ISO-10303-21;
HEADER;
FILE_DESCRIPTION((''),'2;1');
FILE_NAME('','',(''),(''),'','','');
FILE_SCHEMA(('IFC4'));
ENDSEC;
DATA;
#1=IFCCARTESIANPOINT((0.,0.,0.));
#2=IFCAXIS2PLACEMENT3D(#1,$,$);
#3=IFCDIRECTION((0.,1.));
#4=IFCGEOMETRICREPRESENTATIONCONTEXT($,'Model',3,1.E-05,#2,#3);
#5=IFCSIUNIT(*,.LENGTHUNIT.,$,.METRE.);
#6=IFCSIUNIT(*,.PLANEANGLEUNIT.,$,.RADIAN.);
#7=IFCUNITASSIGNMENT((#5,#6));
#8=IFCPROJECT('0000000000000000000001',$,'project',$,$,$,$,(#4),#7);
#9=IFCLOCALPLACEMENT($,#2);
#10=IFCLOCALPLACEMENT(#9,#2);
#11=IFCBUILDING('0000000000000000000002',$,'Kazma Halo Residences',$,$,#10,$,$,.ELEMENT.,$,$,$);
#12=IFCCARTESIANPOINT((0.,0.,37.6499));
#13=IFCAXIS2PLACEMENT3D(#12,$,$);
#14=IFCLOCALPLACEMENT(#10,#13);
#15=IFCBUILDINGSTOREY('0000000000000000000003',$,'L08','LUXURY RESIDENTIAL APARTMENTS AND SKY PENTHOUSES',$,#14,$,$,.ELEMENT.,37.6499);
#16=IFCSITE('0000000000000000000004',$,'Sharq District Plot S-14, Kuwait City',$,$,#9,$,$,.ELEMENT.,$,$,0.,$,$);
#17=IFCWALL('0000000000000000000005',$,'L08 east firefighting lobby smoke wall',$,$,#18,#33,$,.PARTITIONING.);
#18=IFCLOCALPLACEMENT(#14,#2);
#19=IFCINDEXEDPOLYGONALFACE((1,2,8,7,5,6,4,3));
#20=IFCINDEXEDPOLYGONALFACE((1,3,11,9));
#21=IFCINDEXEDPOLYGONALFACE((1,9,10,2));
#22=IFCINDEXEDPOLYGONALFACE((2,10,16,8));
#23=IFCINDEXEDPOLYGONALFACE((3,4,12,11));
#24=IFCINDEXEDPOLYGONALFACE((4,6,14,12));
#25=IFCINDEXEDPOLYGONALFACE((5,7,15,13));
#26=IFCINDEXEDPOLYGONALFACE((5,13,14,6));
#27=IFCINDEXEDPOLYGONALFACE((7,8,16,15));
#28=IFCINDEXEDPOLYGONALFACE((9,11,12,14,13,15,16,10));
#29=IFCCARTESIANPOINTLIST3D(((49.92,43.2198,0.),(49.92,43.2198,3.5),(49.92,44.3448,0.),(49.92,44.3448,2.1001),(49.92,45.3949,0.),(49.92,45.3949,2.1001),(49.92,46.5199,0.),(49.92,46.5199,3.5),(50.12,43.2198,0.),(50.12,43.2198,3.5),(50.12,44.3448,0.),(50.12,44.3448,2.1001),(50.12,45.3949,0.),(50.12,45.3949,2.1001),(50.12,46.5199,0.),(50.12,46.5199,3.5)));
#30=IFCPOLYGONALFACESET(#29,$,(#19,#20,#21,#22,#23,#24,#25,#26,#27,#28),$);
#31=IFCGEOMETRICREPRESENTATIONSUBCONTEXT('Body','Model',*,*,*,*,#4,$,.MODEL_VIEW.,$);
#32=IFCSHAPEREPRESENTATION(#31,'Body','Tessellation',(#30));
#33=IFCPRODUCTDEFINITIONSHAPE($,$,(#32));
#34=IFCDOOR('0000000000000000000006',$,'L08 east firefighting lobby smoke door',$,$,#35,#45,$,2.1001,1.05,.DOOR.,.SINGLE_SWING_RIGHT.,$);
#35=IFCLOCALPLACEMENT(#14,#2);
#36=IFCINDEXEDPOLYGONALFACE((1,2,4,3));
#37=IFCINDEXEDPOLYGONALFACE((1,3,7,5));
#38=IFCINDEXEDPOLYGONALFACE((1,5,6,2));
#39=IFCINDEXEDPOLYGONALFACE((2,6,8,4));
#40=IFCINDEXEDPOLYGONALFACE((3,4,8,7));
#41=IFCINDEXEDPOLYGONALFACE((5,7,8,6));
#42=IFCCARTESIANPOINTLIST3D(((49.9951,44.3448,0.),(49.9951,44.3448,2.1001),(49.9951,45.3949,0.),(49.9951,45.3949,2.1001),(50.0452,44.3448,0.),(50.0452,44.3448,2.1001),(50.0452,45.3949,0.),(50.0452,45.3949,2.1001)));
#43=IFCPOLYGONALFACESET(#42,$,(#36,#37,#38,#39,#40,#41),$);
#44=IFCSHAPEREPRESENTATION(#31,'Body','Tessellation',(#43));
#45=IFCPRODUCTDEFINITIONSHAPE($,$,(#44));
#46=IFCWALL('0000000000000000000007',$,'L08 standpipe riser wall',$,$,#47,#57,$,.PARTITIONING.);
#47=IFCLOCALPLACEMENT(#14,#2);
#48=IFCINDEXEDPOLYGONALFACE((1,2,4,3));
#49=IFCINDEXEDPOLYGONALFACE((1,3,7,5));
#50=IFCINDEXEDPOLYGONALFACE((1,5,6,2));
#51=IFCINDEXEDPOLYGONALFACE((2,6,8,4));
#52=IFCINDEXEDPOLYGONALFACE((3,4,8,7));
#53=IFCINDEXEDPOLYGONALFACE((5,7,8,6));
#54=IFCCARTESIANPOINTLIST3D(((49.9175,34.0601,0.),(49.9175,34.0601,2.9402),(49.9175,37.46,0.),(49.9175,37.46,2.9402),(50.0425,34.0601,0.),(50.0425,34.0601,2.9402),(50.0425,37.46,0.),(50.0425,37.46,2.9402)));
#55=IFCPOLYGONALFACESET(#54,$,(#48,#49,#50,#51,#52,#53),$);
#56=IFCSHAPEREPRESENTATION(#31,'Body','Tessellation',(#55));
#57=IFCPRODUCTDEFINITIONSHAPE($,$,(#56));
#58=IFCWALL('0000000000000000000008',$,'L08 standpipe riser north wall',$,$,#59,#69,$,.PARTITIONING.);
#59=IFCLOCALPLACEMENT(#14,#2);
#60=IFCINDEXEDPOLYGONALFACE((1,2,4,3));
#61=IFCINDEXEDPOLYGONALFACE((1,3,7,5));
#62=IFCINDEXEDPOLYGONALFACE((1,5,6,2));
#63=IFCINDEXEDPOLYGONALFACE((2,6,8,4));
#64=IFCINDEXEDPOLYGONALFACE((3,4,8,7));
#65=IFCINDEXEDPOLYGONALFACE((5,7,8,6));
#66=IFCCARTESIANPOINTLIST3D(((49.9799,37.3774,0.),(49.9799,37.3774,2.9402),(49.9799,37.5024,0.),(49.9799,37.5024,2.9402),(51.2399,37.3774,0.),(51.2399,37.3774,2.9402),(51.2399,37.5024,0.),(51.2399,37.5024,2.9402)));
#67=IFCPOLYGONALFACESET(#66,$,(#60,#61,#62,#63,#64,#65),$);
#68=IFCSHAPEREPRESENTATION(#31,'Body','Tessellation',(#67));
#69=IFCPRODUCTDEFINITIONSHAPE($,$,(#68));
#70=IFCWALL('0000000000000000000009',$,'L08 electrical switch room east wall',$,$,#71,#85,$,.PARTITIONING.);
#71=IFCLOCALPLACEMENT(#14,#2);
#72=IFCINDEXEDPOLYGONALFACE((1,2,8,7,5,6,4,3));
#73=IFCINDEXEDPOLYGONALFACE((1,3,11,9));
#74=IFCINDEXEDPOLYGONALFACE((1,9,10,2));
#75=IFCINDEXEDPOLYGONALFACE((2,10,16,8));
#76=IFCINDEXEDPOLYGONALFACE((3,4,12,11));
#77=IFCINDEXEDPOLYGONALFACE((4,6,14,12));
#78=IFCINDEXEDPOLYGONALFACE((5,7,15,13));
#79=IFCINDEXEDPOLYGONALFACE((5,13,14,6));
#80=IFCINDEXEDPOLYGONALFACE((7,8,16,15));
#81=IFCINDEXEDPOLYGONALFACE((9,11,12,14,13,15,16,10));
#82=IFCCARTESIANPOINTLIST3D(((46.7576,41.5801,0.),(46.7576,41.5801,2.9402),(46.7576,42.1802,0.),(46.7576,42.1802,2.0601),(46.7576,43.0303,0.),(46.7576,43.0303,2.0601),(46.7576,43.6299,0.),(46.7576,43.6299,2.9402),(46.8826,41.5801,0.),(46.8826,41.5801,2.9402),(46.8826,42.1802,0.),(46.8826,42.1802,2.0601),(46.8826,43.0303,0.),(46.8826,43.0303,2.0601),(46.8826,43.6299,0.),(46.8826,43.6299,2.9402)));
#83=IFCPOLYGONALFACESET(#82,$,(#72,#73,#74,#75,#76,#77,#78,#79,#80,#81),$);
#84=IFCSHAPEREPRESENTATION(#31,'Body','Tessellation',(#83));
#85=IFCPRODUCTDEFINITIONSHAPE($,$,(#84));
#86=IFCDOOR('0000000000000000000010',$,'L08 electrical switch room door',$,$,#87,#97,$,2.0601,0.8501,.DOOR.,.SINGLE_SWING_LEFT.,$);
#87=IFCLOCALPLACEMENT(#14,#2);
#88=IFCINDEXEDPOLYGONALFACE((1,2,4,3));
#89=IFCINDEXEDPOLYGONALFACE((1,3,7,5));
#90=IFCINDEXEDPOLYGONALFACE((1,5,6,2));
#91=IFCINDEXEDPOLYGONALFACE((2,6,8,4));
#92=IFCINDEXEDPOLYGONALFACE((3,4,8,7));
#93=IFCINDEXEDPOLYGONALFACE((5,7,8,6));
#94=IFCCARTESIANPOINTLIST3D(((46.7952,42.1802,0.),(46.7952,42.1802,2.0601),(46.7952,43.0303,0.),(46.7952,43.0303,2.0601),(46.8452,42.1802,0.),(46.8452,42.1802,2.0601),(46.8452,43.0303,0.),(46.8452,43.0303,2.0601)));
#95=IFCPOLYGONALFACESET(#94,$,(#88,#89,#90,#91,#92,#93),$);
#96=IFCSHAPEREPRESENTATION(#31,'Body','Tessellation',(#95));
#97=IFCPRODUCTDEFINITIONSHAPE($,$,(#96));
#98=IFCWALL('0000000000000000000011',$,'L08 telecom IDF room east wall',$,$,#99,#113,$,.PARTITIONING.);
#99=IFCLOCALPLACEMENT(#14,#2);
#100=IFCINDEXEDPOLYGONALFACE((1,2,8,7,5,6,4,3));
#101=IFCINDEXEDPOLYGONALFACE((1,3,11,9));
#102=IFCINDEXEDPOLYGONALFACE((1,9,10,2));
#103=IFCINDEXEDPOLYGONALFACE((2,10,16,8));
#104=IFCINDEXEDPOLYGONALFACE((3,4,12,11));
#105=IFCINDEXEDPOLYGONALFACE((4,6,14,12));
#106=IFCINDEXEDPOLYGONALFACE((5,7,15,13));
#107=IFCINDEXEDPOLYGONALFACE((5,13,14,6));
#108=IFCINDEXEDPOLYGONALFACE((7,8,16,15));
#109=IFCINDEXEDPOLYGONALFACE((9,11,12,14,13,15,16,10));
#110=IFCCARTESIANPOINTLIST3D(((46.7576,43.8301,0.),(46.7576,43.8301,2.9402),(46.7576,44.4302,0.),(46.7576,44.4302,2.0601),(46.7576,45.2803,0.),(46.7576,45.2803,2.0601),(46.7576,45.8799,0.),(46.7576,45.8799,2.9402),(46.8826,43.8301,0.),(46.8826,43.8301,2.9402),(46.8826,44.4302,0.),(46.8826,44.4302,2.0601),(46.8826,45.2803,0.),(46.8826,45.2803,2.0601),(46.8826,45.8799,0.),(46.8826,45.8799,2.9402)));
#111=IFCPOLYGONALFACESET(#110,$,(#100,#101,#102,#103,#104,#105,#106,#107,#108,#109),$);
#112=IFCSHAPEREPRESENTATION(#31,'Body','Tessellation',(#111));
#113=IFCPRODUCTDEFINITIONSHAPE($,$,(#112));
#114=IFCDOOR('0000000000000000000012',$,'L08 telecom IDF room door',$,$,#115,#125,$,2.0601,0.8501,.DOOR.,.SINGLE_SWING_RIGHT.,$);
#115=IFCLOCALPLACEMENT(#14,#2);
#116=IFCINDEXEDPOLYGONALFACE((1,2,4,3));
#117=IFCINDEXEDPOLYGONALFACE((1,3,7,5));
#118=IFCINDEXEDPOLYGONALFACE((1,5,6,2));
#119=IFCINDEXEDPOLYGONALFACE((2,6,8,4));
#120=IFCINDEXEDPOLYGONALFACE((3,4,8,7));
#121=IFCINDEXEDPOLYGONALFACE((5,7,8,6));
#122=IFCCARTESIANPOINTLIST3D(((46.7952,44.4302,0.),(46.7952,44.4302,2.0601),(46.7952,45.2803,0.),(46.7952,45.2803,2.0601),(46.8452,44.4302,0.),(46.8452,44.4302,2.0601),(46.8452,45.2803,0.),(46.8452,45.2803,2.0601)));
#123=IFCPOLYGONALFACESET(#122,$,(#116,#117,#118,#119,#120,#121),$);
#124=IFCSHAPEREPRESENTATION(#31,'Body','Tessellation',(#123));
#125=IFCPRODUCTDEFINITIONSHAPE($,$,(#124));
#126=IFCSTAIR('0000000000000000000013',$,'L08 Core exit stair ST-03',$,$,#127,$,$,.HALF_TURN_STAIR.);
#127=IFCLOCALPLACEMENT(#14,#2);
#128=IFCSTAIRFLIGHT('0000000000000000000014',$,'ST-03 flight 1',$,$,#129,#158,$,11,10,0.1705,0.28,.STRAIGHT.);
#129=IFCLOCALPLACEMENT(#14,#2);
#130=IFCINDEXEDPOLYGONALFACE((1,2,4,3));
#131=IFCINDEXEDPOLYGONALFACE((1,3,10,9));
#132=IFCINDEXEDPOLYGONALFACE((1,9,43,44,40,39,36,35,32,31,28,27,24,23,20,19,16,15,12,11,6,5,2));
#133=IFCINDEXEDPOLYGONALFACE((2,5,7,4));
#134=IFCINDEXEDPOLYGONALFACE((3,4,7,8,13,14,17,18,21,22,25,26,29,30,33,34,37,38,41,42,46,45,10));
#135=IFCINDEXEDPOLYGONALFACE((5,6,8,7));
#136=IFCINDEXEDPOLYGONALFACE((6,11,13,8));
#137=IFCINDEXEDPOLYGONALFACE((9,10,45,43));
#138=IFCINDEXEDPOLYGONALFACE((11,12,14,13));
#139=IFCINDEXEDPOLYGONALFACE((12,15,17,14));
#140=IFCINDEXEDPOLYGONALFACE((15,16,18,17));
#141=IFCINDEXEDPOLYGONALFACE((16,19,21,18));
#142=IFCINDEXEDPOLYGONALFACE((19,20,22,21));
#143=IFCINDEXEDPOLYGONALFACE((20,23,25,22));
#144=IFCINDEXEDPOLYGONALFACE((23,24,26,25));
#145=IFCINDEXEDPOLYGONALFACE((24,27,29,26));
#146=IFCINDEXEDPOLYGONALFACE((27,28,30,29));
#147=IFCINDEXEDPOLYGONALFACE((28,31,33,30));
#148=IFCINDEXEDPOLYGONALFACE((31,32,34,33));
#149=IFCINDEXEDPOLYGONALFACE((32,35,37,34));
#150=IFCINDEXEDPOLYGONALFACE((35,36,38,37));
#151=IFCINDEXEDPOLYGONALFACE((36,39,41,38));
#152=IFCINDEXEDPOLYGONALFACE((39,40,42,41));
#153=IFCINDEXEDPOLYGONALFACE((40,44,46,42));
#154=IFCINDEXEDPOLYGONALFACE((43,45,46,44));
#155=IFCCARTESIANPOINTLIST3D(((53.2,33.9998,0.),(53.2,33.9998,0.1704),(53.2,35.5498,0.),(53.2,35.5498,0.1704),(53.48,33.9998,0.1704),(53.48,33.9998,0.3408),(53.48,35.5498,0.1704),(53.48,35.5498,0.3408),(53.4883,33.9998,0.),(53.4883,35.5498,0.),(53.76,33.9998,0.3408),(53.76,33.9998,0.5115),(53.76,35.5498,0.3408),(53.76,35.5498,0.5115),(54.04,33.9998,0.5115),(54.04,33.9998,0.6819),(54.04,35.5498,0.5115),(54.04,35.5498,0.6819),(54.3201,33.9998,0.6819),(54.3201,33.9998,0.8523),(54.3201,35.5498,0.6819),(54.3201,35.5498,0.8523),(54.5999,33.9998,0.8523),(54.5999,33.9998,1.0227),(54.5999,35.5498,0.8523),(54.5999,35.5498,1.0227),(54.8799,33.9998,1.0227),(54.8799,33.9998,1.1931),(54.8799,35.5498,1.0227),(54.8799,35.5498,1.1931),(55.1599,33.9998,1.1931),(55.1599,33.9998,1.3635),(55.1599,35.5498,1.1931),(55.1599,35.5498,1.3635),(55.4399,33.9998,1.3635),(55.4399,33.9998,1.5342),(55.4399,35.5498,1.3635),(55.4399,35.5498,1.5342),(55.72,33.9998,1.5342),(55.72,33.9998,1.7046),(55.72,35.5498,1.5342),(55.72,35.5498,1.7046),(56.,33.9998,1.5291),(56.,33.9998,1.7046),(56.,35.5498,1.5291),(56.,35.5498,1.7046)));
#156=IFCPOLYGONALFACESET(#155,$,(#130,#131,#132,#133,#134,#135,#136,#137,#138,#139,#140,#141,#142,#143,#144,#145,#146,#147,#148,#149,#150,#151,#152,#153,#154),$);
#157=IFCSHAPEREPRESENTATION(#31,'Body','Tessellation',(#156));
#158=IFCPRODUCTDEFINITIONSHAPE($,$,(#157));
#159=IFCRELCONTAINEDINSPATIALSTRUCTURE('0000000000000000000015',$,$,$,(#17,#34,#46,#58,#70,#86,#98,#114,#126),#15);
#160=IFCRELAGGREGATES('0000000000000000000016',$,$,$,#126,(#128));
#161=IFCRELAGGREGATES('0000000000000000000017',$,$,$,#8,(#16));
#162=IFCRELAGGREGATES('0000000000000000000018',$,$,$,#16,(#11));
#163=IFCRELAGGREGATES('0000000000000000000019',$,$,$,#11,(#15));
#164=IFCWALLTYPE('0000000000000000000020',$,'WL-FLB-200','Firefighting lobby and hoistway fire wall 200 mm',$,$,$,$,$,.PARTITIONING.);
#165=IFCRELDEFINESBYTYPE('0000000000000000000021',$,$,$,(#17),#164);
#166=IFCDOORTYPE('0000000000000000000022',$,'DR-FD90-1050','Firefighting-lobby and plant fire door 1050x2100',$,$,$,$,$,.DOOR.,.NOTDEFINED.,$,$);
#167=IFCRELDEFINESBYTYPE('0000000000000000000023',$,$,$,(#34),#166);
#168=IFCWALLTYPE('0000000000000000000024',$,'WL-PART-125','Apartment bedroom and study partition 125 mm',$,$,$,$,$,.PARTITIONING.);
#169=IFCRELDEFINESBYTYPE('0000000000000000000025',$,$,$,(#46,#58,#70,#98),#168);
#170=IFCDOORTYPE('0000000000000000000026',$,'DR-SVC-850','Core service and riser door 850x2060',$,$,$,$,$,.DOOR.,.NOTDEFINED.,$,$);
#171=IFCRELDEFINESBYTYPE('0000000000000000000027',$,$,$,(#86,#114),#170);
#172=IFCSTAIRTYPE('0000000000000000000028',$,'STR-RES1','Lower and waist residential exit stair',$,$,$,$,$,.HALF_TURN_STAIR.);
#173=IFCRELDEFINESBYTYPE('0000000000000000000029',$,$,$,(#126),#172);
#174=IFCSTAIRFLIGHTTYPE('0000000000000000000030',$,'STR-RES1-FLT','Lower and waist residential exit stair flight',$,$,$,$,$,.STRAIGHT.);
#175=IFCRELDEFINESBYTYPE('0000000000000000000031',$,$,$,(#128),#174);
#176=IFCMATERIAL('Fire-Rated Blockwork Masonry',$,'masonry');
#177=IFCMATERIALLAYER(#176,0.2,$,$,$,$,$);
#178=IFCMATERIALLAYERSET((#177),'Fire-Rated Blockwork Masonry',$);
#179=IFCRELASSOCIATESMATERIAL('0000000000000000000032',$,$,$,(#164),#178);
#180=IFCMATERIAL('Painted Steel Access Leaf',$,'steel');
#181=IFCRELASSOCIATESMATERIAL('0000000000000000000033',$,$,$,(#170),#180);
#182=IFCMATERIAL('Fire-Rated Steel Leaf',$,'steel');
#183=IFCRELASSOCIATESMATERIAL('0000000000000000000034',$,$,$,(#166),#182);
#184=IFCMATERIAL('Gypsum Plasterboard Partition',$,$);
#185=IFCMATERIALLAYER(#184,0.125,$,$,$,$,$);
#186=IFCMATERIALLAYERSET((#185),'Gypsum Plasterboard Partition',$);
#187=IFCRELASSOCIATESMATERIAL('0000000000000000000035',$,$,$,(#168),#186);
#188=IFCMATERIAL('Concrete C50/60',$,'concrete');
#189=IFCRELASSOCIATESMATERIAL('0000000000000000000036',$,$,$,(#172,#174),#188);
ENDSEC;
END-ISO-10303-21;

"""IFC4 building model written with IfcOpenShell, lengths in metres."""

from ifc_helpers import new_model, si_unit, direction, frame, frame_2d, origin, place, context, subcontext, project, spatial, polyline, rectangle, outline, extrude, material, layer, layer_set, type_object, element, fill, aggregate, save


model = new_model("IFC4")

# Units and contexts
model_context = context("Model", 3, precision=1e-05, world=origin(), true_north=direction((0.0, 1.0)))
body_context = subcontext(model_context, "Body", "Model", "MODEL_VIEW")
ifc_project = project(units=[si_unit("LENGTHUNIT", "METRE"), si_unit("PLANEANGLEUNIT", "RADIAN")], contexts=[model_context])

# Site, building, storey
site_placement = place(None, origin())
site = spatial("IfcSite", under=ifc_project, at=site_placement, Name="Sharq District Plot S-14, Kuwait City", CompositionType="ELEMENT", RefElevation=0.0)
building_placement = place(site_placement, origin())
building = spatial("IfcBuilding", under=site, at=building_placement, Name="Kazma Halo Residences", CompositionType="ELEMENT")
storey_placement = place(building_placement, frame((0.0, 0.0, 37.6499)))
storey = spatial("IfcBuildingStorey", under=building, at=storey_placement, Name="L08", Description="LUXURY RESIDENTIAL APARTMENTS AND SKY PENTHOUSES", CompositionType="ELEMENT", Elevation=37.6499)

# Shared definitions
ifc_material_1 = material(Name="Fire-Rated Blockwork Masonry", Category="masonry")
ifc_layer_1 = layer(ifc_material_1, 0.2)
ifc_layer_set_1 = layer_set([ifc_layer_1], Name="Fire-Rated Blockwork Masonry")
wall_type_1 = type_object("IfcWallType", Name="WL-FLB-200", Description="Firefighting lobby and hoistway fire wall 200 mm", PredefinedType="PARTITIONING", material=ifc_layer_set_1)

# Shared definitions
ifc_material_2 = material(Name="Painted Steel Access Leaf", Category="steel")
door_type_1 = type_object("IfcDoorType", Name="DR-SVC-850", Description="Core service and riser door 850x2060", OperationType="NOTDEFINED", PredefinedType="DOOR", material=ifc_material_2)
ifc_material_3 = material(Name="Fire-Rated Steel Leaf", Category="steel")
door_type_2 = type_object("IfcDoorType", Name="DR-FD90-1050", Description="Firefighting-lobby and plant fire door 1050x2100", OperationType="NOTDEFINED", PredefinedType="DOOR", material=ifc_material_3)

# Wall, opening, door
wall_1_placement = place(storey_placement, frame((50.02, 43.22, 0.0), z_axis=(0.0, 0.0, 1.0), x_axis=(0.0, 1.0, 0.0)))
wall_1 = element("IfcWall", 1, at=wall_1_placement, inside=storey, type_object=wall_type_1, Name="L08 east firefighting lobby smoke wall", PredefinedType="PARTITIONING", context=body_context, shape_type="SweptSolid", body=[
    extrude(rectangle(XDim=3.3, YDim=0.2, at=frame_2d((1.6499, 0.0))), origin(), (0.0, 0.0, 1.0), 3.5),
])
opening_1_placement = place(wall_1_placement, frame((1.125, 0.0, 0.0)))
opening_1 = element("IfcOpeningElement", 2, at=opening_1_placement, cuts=wall_1, PredefinedType="OPENING", context=body_context, shape_type="SweptSolid", body=[
    extrude(rectangle(XDim=1.05, YDim=2.1001, at=frame_2d((0.5249, 1.05))), frame((0.0, 0.1099, 0.0), z_axis=(0.0, -1.0, 0.0), x_axis=(1.0, 0.0, 0.0)), (0.0, 0.0, 1.0), 0.22),
])
door_1_placement = place(opening_1_placement, origin())
door_1 = element("IfcDoor", 3, at=door_1_placement, inside=storey, type_object=door_type_2, Name="L08 east firefighting lobby smoke door", OperationType="SINGLE_SWING_RIGHT", OverallHeight=2.1001, OverallWidth=1.05, PredefinedType="DOOR", context=body_context, shape_type="SweptSolid", body=[
    extrude(rectangle(XDim=1.05, YDim=2.1001, at=frame_2d((0.5249, 1.05))), frame((0.0, 0.0249, 0.0), z_axis=(0.0, -1.0, 0.0), x_axis=(1.0, 0.0, 0.0)), (0.0, 0.0, 1.0), 0.05),
])
fill(opening_1, door_1)

# Walls
ifc_material_4 = material(Name="Gypsum Plasterboard Partition")
ifc_layer_2 = layer(ifc_material_4, 0.125)
ifc_layer_set_2 = layer_set([ifc_layer_2], Name="Gypsum Plasterboard Partition")
wall_type_2 = type_object("IfcWallType", Name="WL-PART-125", Description="Apartment bedroom and study partition 125 mm", PredefinedType="PARTITIONING", material=ifc_layer_set_2)
wall_2_placement = place(storey_placement, frame((49.98, 34.0601, 0.0), z_axis=(0.0, 0.0, 1.0), x_axis=(0.0, 1.0, 0.0)))
element("IfcWall", 4, at=wall_2_placement, inside=storey, type_object=wall_type_2, Name="L08 standpipe riser wall", PredefinedType="PARTITIONING", context=body_context, shape_type="SweptSolid", body=[
    extrude(rectangle(XDim=3.3999, YDim=0.125, at=frame_2d((1.7, 0.0))), origin(), (0.0, 0.0, 1.0), 2.9402),
])
wall_3_placement = place(storey_placement, frame((49.98, 37.4399, 0.0), z_axis=(0.0, 0.0, 1.0), x_axis=(1.0, 0.0, 0.0)))
element("IfcWall", 5, at=wall_3_placement, inside=storey, type_object=wall_type_2, Name="L08 standpipe riser north wall", PredefinedType="PARTITIONING", context=body_context, shape_type="SweptSolid", body=[
    extrude(rectangle(XDim=1.26, YDim=0.125, at=frame_2d((0.6299, 0.0))), origin(), (0.0, 0.0, 1.0), 2.9402),
])

# Walls, openings, doors
wall_4_placement = place(storey_placement, frame((46.8201, 41.5801, 0.0), z_axis=(0.0, 0.0, 1.0), x_axis=(0.0, 1.0, 0.0)))
wall_4 = element("IfcWall", 6, at=wall_4_placement, inside=storey, type_object=wall_type_2, Name="L08 electrical switch room east wall", PredefinedType="PARTITIONING", context=body_context, shape_type="SweptSolid", body=[
    extrude(rectangle(XDim=2.0498, YDim=0.125, at=frame_2d((1.0249, 0.0))), origin(), (0.0, 0.0, 1.0), 2.9402),
])
opening_2_placement = place(wall_4_placement, frame((0.6001, 0.0, 0.0)))
opening_2 = element("IfcOpeningElement", 7, at=opening_2_placement, cuts=wall_4, PredefinedType="OPENING", context=body_context, shape_type="SweptSolid", body=[
    extrude(rectangle(XDim=0.8501, YDim=2.0601, at=frame_2d((0.425, 1.03))), frame((0.0, 0.0725, 0.0), z_axis=(0.0, -1.0, 0.0), x_axis=(1.0, 0.0, 0.0)), (0.0, 0.0, 1.0), 0.145),
])
door_2_placement = place(opening_2_placement, origin())
door_2 = element("IfcDoor", 8, at=door_2_placement, inside=storey, type_object=door_type_1, Name="L08 electrical switch room door", OperationType="SINGLE_SWING_LEFT", OverallHeight=2.0601, OverallWidth=0.8501, PredefinedType="DOOR", context=body_context, shape_type="SweptSolid", body=[
    extrude(rectangle(XDim=0.8501, YDim=2.0601, at=frame_2d((0.425, 1.03))), frame((0.0, 0.0249, 0.0), z_axis=(0.0, -1.0, 0.0), x_axis=(1.0, 0.0, 0.0)), (0.0, 0.0, 1.0), 0.05),
])
fill(opening_2, door_2)
wall_5_placement = place(storey_placement, frame((46.8201, 43.8301, 0.0), z_axis=(0.0, 0.0, 1.0), x_axis=(0.0, 1.0, 0.0)))
wall_5 = element("IfcWall", 9, at=wall_5_placement, inside=storey, type_object=wall_type_2, Name="L08 telecom IDF room east wall", PredefinedType="PARTITIONING", context=body_context, shape_type="SweptSolid", body=[
    extrude(rectangle(XDim=2.0498, YDim=0.125, at=frame_2d((1.0249, 0.0))), origin(), (0.0, 0.0, 1.0), 2.9402),
])
opening_3_placement = place(wall_5_placement, frame((0.6001, 0.0, 0.0)))
opening_3 = element("IfcOpeningElement", 10, at=opening_3_placement, cuts=wall_5, PredefinedType="OPENING", context=body_context, shape_type="SweptSolid", body=[
    extrude(rectangle(XDim=0.8501, YDim=2.0601, at=frame_2d((0.425, 1.03))), frame((0.0, 0.0725, 0.0), z_axis=(0.0, -1.0, 0.0), x_axis=(1.0, 0.0, 0.0)), (0.0, 0.0, 1.0), 0.145),
])
door_3_placement = place(opening_3_placement, origin())
door_3 = element("IfcDoor", 11, at=door_3_placement, inside=storey, type_object=door_type_1, Name="L08 telecom IDF room door", OperationType="SINGLE_SWING_RIGHT", OverallHeight=2.0601, OverallWidth=0.8501, PredefinedType="DOOR", context=body_context, shape_type="SweptSolid", body=[
    extrude(rectangle(XDim=0.8501, YDim=2.0601, at=frame_2d((0.425, 1.03))), frame((0.0, 0.0249, 0.0), z_axis=(0.0, -1.0, 0.0), x_axis=(1.0, 0.0, 0.0)), (0.0, 0.0, 1.0), 0.05),
])
fill(opening_3, door_3)
ifc_material_5 = material(Name="Concrete C50/60", Category="concrete")

# Stair, stair flight
stair_type = type_object("IfcStairType", Name="STR-RES1", Description="Lower and waist residential exit stair", PredefinedType="HALF_TURN_STAIR", material=ifc_material_5)
stair_placement = place(storey_placement, origin())
stair = element("IfcStair", 12, at=stair_placement, inside=storey, type_object=stair_type, Name="L08 Core exit stair ST-03", PredefinedType="HALF_TURN_STAIR")
stair_flight_type = type_object("IfcStairFlightType", Name="STR-RES1-FLT", Description="Lower and waist residential exit stair flight", PredefinedType="STRAIGHT", material=ifc_material_5)
stair_flight_1_placement = place(storey_placement, frame((53.2, 34.7749, 0.0), z_axis=(0.0, 0.0, 1.0), x_axis=(1.0, 0.0, 0.0)))
stair_flight_1 = element("IfcStairFlight", 13, at=stair_flight_1_placement, type_object=stair_flight_type, Name="ST-03 flight 1", NumberOfRisers=11, NumberOfTreads=10, PredefinedType="STRAIGHT", RiserHeight=0.1705, TreadLength=0.28, context=body_context, shape_type="SweptSolid", body=[
    extrude(outline(polyline([(0.0, 0.0), (0.0, 0.1704), (0.28, 0.1704), (0.28, 0.3408), (0.5601, 0.3408), (0.5601, 0.5115), (0.8401, 0.5115), (0.8401, 0.6819), (1.1201, 0.6819), (1.1201, 0.8523), (1.3999, 0.8523), (1.3999, 1.0227), (1.6799, 1.0227), (1.6799, 1.1931), (1.96, 1.1931), (1.96, 1.3635), (2.24, 1.3635), (2.24, 1.5342), (2.52, 1.5342), (2.52, 1.7046), (2.8, 1.7046), (2.8, 1.875), (2.8, 1.5291), (0.2883, 0.0), (0.0, 0.0)])), frame((0.0, 0.7749, 0.0), z_axis=(0.0, -1.0, 0.0), x_axis=(1.0, 0.0, 0.0)), (0.0, 0.0, 1.0), 1.55),
])
aggregate(stair, [stair_flight_1])

save(model, "model.ifc")
